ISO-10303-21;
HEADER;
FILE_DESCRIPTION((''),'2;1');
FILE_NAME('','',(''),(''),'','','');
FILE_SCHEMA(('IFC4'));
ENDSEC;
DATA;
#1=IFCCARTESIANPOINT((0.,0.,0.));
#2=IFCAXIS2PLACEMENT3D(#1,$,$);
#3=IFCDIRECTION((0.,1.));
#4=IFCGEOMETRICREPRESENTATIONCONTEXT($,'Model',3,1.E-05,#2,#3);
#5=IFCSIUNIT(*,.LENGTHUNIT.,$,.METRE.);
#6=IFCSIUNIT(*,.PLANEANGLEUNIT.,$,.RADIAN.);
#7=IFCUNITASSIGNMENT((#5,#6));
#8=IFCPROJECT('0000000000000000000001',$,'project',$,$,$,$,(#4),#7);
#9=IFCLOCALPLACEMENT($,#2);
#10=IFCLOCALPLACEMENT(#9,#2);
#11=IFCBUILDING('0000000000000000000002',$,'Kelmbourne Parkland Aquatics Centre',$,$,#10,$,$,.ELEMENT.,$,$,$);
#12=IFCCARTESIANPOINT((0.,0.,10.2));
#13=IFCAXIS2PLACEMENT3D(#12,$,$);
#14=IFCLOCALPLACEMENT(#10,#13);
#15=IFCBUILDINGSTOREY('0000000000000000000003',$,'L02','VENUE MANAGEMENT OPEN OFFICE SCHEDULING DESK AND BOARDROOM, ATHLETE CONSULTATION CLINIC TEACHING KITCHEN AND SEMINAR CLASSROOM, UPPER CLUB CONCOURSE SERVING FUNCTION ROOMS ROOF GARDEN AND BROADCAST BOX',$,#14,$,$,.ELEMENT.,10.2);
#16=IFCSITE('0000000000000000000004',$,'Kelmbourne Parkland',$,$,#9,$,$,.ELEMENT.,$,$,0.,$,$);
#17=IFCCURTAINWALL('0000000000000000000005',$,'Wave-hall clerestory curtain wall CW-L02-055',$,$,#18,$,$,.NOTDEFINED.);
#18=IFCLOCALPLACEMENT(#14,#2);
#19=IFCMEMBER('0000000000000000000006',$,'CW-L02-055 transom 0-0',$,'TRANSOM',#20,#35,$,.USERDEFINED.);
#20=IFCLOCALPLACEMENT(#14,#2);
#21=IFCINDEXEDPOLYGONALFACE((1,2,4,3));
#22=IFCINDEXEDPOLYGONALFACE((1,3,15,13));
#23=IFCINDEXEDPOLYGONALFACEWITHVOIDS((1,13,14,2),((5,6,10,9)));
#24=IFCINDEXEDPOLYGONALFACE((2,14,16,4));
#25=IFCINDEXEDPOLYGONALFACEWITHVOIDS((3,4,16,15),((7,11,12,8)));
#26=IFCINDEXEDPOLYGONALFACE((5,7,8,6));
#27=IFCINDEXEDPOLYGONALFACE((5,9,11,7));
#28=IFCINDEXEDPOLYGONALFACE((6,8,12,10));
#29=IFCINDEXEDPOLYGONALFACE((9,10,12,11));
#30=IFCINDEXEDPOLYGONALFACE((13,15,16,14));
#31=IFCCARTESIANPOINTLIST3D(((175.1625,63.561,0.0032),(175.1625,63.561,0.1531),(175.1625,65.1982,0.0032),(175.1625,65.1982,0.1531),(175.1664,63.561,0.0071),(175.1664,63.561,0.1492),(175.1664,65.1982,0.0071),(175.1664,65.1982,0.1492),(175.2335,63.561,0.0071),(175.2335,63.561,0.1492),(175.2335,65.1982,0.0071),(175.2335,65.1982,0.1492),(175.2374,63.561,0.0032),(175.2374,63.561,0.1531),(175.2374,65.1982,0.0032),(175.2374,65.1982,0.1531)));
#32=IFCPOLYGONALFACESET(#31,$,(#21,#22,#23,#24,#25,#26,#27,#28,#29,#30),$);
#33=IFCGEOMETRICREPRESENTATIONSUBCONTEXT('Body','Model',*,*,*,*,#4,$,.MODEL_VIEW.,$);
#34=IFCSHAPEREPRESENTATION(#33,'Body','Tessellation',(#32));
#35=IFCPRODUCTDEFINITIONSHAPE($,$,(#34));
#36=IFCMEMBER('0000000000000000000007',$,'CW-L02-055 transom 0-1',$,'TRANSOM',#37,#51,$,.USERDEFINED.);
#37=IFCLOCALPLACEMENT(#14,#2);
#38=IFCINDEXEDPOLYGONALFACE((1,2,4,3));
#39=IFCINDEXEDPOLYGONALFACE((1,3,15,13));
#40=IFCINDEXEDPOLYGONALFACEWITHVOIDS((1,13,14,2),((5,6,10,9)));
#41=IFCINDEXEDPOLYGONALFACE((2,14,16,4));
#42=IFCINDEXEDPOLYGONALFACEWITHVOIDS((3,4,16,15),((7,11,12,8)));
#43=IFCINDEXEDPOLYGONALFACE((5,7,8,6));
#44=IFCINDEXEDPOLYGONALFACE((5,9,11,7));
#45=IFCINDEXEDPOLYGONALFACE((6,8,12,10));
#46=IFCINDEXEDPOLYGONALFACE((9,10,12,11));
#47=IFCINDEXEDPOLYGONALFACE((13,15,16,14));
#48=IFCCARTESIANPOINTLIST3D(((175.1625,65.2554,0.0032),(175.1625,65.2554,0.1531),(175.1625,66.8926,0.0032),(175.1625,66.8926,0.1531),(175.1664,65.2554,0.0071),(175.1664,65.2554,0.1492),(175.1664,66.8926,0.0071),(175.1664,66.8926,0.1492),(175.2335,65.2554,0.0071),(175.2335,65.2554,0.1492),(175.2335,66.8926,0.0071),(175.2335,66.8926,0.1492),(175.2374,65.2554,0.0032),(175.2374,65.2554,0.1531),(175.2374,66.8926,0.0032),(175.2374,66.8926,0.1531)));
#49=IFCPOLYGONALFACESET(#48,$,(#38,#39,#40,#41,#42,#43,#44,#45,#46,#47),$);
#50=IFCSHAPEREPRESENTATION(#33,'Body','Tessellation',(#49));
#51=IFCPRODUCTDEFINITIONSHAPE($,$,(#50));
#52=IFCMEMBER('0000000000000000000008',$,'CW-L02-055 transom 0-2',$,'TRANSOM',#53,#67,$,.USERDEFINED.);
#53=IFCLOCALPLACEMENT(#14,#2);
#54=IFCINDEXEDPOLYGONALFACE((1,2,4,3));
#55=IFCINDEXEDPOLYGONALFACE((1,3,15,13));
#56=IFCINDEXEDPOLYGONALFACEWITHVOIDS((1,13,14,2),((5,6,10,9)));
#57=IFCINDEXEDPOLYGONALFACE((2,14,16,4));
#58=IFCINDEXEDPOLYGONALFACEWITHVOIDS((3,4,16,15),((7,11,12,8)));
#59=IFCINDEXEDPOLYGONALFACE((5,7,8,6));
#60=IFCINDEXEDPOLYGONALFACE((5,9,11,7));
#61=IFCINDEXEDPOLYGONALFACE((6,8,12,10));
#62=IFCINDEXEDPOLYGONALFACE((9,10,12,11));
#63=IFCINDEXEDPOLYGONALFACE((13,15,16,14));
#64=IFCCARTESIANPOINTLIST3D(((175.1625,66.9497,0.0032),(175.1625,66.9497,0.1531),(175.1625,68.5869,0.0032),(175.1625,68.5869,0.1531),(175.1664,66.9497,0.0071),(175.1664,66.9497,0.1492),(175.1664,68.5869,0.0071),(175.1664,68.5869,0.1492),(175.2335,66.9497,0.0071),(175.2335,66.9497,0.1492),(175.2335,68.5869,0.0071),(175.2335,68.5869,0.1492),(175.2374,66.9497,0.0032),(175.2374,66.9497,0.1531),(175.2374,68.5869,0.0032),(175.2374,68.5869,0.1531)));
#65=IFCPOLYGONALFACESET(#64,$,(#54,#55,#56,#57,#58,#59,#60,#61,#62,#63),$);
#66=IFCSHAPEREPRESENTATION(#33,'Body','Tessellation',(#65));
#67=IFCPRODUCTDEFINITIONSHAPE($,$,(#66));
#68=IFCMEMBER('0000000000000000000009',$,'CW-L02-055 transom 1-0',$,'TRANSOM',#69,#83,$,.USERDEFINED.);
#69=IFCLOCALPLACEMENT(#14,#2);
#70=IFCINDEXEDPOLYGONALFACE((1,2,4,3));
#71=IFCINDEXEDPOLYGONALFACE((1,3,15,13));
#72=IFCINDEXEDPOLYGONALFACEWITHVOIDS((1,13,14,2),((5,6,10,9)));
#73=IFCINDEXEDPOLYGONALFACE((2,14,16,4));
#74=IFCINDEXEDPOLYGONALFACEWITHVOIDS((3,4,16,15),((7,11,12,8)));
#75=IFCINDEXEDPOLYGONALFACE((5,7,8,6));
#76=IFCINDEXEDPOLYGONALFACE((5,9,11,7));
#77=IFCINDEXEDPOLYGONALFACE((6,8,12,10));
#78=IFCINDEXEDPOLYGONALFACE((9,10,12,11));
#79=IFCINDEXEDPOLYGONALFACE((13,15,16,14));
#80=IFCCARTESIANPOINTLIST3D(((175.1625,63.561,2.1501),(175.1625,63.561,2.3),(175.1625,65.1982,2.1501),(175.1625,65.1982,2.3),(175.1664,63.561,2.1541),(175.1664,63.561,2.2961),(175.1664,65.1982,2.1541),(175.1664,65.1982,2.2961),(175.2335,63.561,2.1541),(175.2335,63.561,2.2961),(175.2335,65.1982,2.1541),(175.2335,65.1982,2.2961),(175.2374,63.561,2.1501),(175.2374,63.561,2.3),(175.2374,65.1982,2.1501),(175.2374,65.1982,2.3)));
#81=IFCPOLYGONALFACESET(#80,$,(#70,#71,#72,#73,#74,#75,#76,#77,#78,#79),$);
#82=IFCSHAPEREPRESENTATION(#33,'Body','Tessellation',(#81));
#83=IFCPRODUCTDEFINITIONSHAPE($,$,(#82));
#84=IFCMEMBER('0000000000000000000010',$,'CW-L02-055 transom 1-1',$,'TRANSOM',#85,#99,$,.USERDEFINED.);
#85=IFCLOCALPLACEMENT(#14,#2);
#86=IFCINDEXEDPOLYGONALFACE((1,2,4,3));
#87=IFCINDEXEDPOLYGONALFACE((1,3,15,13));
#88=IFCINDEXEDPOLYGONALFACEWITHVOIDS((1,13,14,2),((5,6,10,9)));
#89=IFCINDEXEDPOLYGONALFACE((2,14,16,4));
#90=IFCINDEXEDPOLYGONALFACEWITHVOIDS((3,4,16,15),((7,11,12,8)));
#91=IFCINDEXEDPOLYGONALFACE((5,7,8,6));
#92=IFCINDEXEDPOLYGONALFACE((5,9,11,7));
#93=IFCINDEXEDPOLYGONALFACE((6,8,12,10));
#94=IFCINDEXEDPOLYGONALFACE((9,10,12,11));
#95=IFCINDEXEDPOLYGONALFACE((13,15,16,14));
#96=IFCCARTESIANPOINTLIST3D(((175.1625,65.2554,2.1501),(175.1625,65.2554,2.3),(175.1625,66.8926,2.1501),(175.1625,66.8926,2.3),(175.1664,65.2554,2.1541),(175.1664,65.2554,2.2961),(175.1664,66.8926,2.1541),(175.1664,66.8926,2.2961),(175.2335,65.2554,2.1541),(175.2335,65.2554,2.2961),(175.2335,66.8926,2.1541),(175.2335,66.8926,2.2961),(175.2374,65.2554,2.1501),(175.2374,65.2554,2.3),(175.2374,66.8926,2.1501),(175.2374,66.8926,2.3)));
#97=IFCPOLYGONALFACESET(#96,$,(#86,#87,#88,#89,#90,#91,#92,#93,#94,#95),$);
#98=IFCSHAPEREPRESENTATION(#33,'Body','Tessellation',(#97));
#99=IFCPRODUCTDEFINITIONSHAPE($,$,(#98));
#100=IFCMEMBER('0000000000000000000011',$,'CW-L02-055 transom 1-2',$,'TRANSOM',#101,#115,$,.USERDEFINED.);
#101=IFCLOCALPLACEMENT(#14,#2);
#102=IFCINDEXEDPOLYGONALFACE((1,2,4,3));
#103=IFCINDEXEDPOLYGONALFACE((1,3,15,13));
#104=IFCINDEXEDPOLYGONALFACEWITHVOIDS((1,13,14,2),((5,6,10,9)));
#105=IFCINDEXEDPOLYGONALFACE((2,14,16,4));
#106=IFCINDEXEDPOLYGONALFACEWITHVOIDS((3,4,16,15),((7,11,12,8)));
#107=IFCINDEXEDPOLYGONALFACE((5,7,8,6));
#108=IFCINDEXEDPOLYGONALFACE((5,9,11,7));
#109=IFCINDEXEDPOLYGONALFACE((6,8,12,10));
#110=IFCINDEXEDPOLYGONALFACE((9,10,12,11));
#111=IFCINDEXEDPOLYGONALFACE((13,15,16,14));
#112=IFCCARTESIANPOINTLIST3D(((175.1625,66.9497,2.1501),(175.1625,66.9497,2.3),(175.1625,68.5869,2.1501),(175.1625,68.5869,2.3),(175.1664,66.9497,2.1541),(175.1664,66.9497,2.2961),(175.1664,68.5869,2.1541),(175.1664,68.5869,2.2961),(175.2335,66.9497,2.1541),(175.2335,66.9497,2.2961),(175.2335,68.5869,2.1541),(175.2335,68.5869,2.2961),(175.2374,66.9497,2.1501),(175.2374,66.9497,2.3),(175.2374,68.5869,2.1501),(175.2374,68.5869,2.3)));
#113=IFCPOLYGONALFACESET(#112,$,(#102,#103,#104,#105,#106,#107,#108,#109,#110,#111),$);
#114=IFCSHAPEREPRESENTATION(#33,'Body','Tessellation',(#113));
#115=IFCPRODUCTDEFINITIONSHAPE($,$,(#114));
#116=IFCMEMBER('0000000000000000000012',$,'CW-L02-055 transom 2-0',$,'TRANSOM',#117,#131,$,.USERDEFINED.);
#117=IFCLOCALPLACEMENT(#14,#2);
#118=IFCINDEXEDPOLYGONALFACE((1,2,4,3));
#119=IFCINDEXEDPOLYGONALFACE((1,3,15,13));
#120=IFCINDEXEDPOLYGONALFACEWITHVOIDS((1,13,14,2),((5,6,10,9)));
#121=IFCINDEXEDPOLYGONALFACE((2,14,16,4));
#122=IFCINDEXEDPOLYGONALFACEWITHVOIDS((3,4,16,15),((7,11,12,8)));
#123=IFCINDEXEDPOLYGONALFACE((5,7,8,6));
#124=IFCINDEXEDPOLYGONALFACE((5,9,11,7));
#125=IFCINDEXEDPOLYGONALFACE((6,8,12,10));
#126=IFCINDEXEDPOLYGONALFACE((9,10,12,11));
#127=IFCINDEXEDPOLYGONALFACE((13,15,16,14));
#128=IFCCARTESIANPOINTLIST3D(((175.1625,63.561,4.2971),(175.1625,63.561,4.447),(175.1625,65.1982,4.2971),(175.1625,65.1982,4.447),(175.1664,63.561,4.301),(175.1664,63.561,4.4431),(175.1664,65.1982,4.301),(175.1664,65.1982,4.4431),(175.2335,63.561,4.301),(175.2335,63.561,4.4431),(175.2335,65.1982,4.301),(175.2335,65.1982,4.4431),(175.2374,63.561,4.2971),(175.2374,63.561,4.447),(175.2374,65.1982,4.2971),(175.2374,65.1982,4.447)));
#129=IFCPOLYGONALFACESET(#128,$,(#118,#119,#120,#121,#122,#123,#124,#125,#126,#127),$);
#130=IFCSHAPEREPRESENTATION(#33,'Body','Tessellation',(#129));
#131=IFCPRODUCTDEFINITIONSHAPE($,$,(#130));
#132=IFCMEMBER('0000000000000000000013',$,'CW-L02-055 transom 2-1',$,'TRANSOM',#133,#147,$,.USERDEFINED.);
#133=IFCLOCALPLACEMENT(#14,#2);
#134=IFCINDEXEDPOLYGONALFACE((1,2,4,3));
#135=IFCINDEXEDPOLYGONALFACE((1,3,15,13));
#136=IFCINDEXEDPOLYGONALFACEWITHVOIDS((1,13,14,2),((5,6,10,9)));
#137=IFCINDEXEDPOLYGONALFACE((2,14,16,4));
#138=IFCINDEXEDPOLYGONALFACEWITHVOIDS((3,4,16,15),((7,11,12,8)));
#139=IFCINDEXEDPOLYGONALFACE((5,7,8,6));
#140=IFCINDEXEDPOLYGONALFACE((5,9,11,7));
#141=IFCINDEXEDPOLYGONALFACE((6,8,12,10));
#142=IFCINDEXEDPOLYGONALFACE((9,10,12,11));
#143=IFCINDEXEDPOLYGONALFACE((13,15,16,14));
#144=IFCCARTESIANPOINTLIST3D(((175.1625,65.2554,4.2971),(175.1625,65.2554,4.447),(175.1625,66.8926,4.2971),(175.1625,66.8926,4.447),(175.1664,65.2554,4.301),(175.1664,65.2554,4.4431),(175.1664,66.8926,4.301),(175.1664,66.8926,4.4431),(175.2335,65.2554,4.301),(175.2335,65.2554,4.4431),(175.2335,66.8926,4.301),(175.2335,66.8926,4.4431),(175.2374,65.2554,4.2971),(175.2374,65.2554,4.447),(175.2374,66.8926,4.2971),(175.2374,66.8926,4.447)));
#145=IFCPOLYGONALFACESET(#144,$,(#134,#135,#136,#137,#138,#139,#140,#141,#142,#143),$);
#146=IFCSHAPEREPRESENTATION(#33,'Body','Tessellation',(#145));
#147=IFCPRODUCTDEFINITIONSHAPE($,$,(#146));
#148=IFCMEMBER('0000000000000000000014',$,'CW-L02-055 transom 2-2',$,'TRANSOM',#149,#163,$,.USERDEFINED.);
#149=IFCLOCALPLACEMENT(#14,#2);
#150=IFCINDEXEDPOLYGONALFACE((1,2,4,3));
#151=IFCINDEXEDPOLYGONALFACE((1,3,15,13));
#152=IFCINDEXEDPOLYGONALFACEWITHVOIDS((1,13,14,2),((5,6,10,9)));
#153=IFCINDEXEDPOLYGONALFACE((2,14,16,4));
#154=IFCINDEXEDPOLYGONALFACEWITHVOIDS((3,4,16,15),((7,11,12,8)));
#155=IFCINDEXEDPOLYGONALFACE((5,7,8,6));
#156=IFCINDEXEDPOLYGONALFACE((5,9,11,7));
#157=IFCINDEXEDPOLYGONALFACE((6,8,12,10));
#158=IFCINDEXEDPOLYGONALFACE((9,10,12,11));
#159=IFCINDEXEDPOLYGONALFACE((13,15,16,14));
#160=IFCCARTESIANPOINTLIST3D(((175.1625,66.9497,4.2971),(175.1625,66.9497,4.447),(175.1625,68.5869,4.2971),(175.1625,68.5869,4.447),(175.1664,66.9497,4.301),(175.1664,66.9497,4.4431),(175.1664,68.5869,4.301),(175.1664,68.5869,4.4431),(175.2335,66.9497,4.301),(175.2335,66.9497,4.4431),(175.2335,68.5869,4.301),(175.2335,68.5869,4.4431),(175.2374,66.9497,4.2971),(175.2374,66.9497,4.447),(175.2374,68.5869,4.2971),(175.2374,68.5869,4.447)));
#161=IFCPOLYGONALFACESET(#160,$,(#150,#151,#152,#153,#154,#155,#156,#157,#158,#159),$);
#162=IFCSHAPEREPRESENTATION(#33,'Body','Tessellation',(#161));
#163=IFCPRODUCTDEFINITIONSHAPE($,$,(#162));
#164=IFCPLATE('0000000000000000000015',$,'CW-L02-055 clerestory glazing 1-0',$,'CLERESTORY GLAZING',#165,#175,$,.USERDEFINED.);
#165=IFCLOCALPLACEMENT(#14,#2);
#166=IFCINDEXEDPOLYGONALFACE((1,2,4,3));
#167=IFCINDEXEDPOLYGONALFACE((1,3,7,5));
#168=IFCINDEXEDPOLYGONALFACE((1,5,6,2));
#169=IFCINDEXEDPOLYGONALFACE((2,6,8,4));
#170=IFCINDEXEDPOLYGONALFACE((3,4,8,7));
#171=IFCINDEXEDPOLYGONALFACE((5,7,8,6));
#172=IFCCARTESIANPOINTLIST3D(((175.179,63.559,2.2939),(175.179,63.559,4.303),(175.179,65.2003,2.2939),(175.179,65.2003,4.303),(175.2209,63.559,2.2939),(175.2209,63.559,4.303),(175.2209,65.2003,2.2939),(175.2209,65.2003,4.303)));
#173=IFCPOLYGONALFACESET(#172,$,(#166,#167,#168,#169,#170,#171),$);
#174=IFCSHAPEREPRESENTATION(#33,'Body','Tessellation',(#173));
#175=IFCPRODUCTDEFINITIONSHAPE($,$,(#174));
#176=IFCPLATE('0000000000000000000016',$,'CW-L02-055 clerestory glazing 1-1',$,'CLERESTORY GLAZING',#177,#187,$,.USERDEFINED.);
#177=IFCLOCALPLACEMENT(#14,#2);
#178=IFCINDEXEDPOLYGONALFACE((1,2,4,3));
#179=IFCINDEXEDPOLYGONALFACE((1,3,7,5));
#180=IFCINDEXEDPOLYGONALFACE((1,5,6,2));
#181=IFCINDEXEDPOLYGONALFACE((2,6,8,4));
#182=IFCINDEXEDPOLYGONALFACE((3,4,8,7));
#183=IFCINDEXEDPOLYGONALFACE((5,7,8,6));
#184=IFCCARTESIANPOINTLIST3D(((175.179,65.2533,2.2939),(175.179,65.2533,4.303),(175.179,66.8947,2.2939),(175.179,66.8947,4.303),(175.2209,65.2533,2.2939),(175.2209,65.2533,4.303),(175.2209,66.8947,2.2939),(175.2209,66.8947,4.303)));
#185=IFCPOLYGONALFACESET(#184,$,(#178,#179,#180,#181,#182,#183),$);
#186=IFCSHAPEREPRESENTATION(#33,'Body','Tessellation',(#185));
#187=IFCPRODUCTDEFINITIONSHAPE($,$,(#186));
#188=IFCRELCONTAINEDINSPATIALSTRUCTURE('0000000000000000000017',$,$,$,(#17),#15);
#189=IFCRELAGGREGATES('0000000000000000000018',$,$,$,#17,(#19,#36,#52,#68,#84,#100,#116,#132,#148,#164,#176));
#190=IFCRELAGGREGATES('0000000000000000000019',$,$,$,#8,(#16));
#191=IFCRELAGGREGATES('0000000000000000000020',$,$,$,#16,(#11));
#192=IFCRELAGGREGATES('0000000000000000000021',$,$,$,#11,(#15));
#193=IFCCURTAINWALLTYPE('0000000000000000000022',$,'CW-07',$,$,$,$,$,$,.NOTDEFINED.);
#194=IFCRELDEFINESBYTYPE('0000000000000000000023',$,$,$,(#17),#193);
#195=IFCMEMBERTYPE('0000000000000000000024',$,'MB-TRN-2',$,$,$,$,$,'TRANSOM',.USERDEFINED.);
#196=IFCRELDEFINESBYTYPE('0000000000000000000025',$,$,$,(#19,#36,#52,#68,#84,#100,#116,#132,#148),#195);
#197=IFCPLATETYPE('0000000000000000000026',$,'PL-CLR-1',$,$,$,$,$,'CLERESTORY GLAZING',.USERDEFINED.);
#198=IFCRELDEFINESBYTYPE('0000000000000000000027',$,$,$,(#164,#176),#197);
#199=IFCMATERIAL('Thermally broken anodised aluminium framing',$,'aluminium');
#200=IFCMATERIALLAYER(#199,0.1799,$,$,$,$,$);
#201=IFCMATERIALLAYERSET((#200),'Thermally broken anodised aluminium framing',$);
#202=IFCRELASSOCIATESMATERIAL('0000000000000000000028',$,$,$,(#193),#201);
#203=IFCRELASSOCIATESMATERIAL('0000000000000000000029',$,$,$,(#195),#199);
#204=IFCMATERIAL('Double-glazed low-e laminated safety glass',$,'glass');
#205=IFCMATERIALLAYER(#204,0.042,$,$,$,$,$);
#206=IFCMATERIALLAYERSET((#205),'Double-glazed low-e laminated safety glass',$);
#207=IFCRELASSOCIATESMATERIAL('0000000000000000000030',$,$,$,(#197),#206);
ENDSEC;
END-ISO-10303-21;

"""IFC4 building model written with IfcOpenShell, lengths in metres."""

from ifc_helpers import new_model, si_unit, direction, frame, origin, origin_2d, place, context, subcontext, project, spatial, rectangle, hollow_rectangle, extrude, material, layer, layer_set, material_profile, profile_set, type_object, element, aggregate, save


model = new_model("IFC4")

# Units and contexts
model_context = context("Model", 3, precision=1e-05, world=origin(), true_north=direction((0.0, 1.0)))
body_context = subcontext(model_context, "Body", "Model", "MODEL_VIEW")
ifc_project = project(units=[si_unit("LENGTHUNIT", "METRE"), si_unit("PLANEANGLEUNIT", "RADIAN")], contexts=[model_context])

# Site, building, storey
site_placement = place(None, origin())
site = spatial("IfcSite", under=ifc_project, at=site_placement, Name="Kelmbourne Parkland", CompositionType="ELEMENT", RefElevation=0.0)
building_placement = place(site_placement, origin())
building = spatial("IfcBuilding", under=site, at=building_placement, Name="Kelmbourne Parkland Aquatics Centre", CompositionType="ELEMENT")
storey_placement = place(building_placement, frame((0.0, 0.0, 10.2)))
storey = spatial("IfcBuildingStorey", under=building, at=storey_placement, Name="L02", Description="VENUE MANAGEMENT OPEN OFFICE SCHEDULING DESK AND BOARDROOM, ATHLETE CONSULTATION CLINIC TEACHING KITCHEN AND SEMINAR CLASSROOM, UPPER CLUB CONCOURSE SERVING FUNCTION ROOMS ROOF GARDEN AND BROADCAST BOX", CompositionType="ELEMENT", Elevation=10.2)

# Curtain wall
ifc_material_1 = material(Name="Thermally broken anodised aluminium framing", Category="aluminium")
ifc_layer_1 = layer(ifc_material_1, 0.1799)
ifc_layer_set_1 = layer_set([ifc_layer_1], Name="Thermally broken anodised aluminium framing")
curtain_wall_type_1 = type_object("IfcCurtainWallType", Name="CW-07", PredefinedType="NOTDEFINED", material=ifc_layer_set_1)
curtain_wall_1_placement = place(storey_placement, origin())
curtain_wall_1 = element("IfcCurtainWall", 1, at=curtain_wall_1_placement, inside=storey, type_object=curtain_wall_type_1, Name="Wave-hall clerestory curtain wall CW-L02-055", PredefinedType="NOTDEFINED")

# Members
ifc_material_profile_1 = material_profile(ifc_material_1, hollow_rectangle(XDim=0.075, YDim=0.1499, WallThickness=0.0039, at=origin_2d()), Name="CW-T 75x150")
ifc_profile_set_1 = profile_set([ifc_material_profile_1], Name="Thermally broken anodised aluminium framing")
member_type_1 = type_object("IfcMemberType", Name="MB-TRN-2", ElementType="TRANSOM", PredefinedType="USERDEFINED", material=ifc_profile_set_1)
member_1_placement = place(storey_placement, frame((175.2, 63.561, 0.0781), z_axis=(0.0, 1.0, 0.0), x_axis=(-1.0, 0.0, 0.0)))
member_1 = element("IfcMember", 2, at=member_1_placement, type_object=member_type_1, Name="CW-L02-055 transom 0-0", ObjectType="TRANSOM", PredefinedType="USERDEFINED", context=body_context, shape_type="SweptSolid", body=[
    extrude(hollow_rectangle(XDim=0.075, YDim=0.1499, WallThickness=0.0039, at=origin_2d()), origin(), (0.0, 0.0, 1.0), 1.6372),
])
member_2_placement = place(storey_placement, frame((175.2, 65.2554, 0.0781), z_axis=(0.0, 1.0, 0.0), x_axis=(-1.0, 0.0, 0.0)))
member_2 = element("IfcMember", 3, at=member_2_placement, type_object=member_type_1, Name="CW-L02-055 transom 0-1", ObjectType="TRANSOM", PredefinedType="USERDEFINED", context=body_context, shape_type="SweptSolid", body=[
    extrude(hollow_rectangle(XDim=0.075, YDim=0.1499, WallThickness=0.0039, at=origin_2d()), origin(), (0.0, 0.0, 1.0), 1.6372),
])
member_3_placement = place(storey_placement, frame((175.2, 66.9497, 0.0781), z_axis=(0.0, 1.0, 0.0), x_axis=(-1.0, 0.0, 0.0)))
member_3 = element("IfcMember", 4, at=member_3_placement, type_object=member_type_1, Name="CW-L02-055 transom 0-2", ObjectType="TRANSOM", PredefinedType="USERDEFINED", context=body_context, shape_type="SweptSolid", body=[
    extrude(hollow_rectangle(XDim=0.075, YDim=0.1499, WallThickness=0.0039, at=origin_2d()), origin(), (0.0, 0.0, 1.0), 1.6372),
])
member_4_placement = place(storey_placement, frame((175.2, 63.561, 2.2251), z_axis=(0.0, 1.0, 0.0), x_axis=(-1.0, 0.0, 0.0)))
member_4 = element("IfcMember", 5, at=member_4_placement, type_object=member_type_1, Name="CW-L02-055 transom 1-0", ObjectType="TRANSOM", PredefinedType="USERDEFINED", context=body_context, shape_type="SweptSolid", body=[
    extrude(hollow_rectangle(XDim=0.075, YDim=0.1499, WallThickness=0.0039, at=origin_2d()), origin(), (0.0, 0.0, 1.0), 1.6372),
])
member_5_placement = place(storey_placement, frame((175.2, 65.2554, 2.2251), z_axis=(0.0, 1.0, 0.0), x_axis=(-1.0, 0.0, 0.0)))
member_5 = element("IfcMember", 6, at=member_5_placement, type_object=member_type_1, Name="CW-L02-055 transom 1-1", ObjectType="TRANSOM", PredefinedType="USERDEFINED", context=body_context, shape_type="SweptSolid", body=[
    extrude(hollow_rectangle(XDim=0.075, YDim=0.1499, WallThickness=0.0039, at=origin_2d()), origin(), (0.0, 0.0, 1.0), 1.6372),
])
member_6_placement = place(storey_placement, frame((175.2, 66.9497, 2.2251), z_axis=(0.0, 1.0, 0.0), x_axis=(-1.0, 0.0, 0.0)))
member_6 = element("IfcMember", 7, at=member_6_placement, type_object=member_type_1, Name="CW-L02-055 transom 1-2", ObjectType="TRANSOM", PredefinedType="USERDEFINED", context=body_context, shape_type="SweptSolid", body=[
    extrude(hollow_rectangle(XDim=0.075, YDim=0.1499, WallThickness=0.0039, at=origin_2d()), origin(), (0.0, 0.0, 1.0), 1.6372),
])
member_7_placement = place(storey_placement, frame((175.2, 63.561, 4.3721), z_axis=(0.0, 1.0, 0.0), x_axis=(-1.0, 0.0, 0.0)))
member_7 = element("IfcMember", 8, at=member_7_placement, type_object=member_type_1, Name="CW-L02-055 transom 2-0", ObjectType="TRANSOM", PredefinedType="USERDEFINED", context=body_context, shape_type="SweptSolid", body=[
    extrude(hollow_rectangle(XDim=0.075, YDim=0.1499, WallThickness=0.0039, at=origin_2d()), origin(), (0.0, 0.0, 1.0), 1.6372),
])
member_8_placement = place(storey_placement, frame((175.2, 65.2554, 4.3721), z_axis=(0.0, 1.0, 0.0), x_axis=(-1.0, 0.0, 0.0)))
member_8 = element("IfcMember", 9, at=member_8_placement, type_object=member_type_1, Name="CW-L02-055 transom 2-1", ObjectType="TRANSOM", PredefinedType="USERDEFINED", context=body_context, shape_type="SweptSolid", body=[
    extrude(hollow_rectangle(XDim=0.075, YDim=0.1499, WallThickness=0.0039, at=origin_2d()), origin(), (0.0, 0.0, 1.0), 1.6372),
])
member_9_placement = place(storey_placement, frame((175.2, 66.9497, 4.3721), z_axis=(0.0, 1.0, 0.0), x_axis=(-1.0, 0.0, 0.0)))
member_9 = element("IfcMember", 10, at=member_9_placement, type_object=member_type_1, Name="CW-L02-055 transom 2-2", ObjectType="TRANSOM", PredefinedType="USERDEFINED", context=body_context, shape_type="SweptSolid", body=[
    extrude(hollow_rectangle(XDim=0.075, YDim=0.1499, WallThickness=0.0039, at=origin_2d()), origin(), (0.0, 0.0, 1.0), 1.6372),
])

# Plates
ifc_material_2 = material(Name="Double-glazed low-e laminated safety glass", Category="glass")
ifc_layer_2 = layer(ifc_material_2, 0.042)
ifc_layer_set_2 = layer_set([ifc_layer_2], Name="Double-glazed low-e laminated safety glass")
plate_type_1 = type_object("IfcPlateType", Name="PL-CLR-1", ElementType="CLERESTORY GLAZING", PredefinedType="USERDEFINED", material=ifc_layer_set_2)
plate_1_placement = place(storey_placement, frame((175.2, 64.3796, 2.2939), z_axis=(0.0, 0.0, 1.0), x_axis=(0.0, 1.0, 0.0)))
plate_1 = element("IfcPlate", 11, at=plate_1_placement, type_object=plate_type_1, Name="CW-L02-055 clerestory glazing 1-0", ObjectType="CLERESTORY GLAZING", PredefinedType="USERDEFINED", context=body_context, shape_type="SweptSolid", body=[
    extrude(rectangle(XDim=1.6414, YDim=0.042, at=origin_2d()), origin(), (0.0, 0.0, 1.0), 2.009),
])
plate_2_placement = place(storey_placement, frame((175.2, 66.074, 2.2939), z_axis=(0.0, 0.0, 1.0), x_axis=(0.0, 1.0, 0.0)))
plate_2 = element("IfcPlate", 12, at=plate_2_placement, type_object=plate_type_1, Name="CW-L02-055 clerestory glazing 1-1", ObjectType="CLERESTORY GLAZING", PredefinedType="USERDEFINED", context=body_context, shape_type="SweptSolid", body=[
    extrude(rectangle(XDim=1.6414, YDim=0.042, at=origin_2d()), origin(), (0.0, 0.0, 1.0), 2.009),
])
aggregate(curtain_wall_1, [member_1, member_2, member_3, member_4, member_5, member_6, member_7, member_8, member_9, plate_1, plate_2])

save(model, "model.ifc")
